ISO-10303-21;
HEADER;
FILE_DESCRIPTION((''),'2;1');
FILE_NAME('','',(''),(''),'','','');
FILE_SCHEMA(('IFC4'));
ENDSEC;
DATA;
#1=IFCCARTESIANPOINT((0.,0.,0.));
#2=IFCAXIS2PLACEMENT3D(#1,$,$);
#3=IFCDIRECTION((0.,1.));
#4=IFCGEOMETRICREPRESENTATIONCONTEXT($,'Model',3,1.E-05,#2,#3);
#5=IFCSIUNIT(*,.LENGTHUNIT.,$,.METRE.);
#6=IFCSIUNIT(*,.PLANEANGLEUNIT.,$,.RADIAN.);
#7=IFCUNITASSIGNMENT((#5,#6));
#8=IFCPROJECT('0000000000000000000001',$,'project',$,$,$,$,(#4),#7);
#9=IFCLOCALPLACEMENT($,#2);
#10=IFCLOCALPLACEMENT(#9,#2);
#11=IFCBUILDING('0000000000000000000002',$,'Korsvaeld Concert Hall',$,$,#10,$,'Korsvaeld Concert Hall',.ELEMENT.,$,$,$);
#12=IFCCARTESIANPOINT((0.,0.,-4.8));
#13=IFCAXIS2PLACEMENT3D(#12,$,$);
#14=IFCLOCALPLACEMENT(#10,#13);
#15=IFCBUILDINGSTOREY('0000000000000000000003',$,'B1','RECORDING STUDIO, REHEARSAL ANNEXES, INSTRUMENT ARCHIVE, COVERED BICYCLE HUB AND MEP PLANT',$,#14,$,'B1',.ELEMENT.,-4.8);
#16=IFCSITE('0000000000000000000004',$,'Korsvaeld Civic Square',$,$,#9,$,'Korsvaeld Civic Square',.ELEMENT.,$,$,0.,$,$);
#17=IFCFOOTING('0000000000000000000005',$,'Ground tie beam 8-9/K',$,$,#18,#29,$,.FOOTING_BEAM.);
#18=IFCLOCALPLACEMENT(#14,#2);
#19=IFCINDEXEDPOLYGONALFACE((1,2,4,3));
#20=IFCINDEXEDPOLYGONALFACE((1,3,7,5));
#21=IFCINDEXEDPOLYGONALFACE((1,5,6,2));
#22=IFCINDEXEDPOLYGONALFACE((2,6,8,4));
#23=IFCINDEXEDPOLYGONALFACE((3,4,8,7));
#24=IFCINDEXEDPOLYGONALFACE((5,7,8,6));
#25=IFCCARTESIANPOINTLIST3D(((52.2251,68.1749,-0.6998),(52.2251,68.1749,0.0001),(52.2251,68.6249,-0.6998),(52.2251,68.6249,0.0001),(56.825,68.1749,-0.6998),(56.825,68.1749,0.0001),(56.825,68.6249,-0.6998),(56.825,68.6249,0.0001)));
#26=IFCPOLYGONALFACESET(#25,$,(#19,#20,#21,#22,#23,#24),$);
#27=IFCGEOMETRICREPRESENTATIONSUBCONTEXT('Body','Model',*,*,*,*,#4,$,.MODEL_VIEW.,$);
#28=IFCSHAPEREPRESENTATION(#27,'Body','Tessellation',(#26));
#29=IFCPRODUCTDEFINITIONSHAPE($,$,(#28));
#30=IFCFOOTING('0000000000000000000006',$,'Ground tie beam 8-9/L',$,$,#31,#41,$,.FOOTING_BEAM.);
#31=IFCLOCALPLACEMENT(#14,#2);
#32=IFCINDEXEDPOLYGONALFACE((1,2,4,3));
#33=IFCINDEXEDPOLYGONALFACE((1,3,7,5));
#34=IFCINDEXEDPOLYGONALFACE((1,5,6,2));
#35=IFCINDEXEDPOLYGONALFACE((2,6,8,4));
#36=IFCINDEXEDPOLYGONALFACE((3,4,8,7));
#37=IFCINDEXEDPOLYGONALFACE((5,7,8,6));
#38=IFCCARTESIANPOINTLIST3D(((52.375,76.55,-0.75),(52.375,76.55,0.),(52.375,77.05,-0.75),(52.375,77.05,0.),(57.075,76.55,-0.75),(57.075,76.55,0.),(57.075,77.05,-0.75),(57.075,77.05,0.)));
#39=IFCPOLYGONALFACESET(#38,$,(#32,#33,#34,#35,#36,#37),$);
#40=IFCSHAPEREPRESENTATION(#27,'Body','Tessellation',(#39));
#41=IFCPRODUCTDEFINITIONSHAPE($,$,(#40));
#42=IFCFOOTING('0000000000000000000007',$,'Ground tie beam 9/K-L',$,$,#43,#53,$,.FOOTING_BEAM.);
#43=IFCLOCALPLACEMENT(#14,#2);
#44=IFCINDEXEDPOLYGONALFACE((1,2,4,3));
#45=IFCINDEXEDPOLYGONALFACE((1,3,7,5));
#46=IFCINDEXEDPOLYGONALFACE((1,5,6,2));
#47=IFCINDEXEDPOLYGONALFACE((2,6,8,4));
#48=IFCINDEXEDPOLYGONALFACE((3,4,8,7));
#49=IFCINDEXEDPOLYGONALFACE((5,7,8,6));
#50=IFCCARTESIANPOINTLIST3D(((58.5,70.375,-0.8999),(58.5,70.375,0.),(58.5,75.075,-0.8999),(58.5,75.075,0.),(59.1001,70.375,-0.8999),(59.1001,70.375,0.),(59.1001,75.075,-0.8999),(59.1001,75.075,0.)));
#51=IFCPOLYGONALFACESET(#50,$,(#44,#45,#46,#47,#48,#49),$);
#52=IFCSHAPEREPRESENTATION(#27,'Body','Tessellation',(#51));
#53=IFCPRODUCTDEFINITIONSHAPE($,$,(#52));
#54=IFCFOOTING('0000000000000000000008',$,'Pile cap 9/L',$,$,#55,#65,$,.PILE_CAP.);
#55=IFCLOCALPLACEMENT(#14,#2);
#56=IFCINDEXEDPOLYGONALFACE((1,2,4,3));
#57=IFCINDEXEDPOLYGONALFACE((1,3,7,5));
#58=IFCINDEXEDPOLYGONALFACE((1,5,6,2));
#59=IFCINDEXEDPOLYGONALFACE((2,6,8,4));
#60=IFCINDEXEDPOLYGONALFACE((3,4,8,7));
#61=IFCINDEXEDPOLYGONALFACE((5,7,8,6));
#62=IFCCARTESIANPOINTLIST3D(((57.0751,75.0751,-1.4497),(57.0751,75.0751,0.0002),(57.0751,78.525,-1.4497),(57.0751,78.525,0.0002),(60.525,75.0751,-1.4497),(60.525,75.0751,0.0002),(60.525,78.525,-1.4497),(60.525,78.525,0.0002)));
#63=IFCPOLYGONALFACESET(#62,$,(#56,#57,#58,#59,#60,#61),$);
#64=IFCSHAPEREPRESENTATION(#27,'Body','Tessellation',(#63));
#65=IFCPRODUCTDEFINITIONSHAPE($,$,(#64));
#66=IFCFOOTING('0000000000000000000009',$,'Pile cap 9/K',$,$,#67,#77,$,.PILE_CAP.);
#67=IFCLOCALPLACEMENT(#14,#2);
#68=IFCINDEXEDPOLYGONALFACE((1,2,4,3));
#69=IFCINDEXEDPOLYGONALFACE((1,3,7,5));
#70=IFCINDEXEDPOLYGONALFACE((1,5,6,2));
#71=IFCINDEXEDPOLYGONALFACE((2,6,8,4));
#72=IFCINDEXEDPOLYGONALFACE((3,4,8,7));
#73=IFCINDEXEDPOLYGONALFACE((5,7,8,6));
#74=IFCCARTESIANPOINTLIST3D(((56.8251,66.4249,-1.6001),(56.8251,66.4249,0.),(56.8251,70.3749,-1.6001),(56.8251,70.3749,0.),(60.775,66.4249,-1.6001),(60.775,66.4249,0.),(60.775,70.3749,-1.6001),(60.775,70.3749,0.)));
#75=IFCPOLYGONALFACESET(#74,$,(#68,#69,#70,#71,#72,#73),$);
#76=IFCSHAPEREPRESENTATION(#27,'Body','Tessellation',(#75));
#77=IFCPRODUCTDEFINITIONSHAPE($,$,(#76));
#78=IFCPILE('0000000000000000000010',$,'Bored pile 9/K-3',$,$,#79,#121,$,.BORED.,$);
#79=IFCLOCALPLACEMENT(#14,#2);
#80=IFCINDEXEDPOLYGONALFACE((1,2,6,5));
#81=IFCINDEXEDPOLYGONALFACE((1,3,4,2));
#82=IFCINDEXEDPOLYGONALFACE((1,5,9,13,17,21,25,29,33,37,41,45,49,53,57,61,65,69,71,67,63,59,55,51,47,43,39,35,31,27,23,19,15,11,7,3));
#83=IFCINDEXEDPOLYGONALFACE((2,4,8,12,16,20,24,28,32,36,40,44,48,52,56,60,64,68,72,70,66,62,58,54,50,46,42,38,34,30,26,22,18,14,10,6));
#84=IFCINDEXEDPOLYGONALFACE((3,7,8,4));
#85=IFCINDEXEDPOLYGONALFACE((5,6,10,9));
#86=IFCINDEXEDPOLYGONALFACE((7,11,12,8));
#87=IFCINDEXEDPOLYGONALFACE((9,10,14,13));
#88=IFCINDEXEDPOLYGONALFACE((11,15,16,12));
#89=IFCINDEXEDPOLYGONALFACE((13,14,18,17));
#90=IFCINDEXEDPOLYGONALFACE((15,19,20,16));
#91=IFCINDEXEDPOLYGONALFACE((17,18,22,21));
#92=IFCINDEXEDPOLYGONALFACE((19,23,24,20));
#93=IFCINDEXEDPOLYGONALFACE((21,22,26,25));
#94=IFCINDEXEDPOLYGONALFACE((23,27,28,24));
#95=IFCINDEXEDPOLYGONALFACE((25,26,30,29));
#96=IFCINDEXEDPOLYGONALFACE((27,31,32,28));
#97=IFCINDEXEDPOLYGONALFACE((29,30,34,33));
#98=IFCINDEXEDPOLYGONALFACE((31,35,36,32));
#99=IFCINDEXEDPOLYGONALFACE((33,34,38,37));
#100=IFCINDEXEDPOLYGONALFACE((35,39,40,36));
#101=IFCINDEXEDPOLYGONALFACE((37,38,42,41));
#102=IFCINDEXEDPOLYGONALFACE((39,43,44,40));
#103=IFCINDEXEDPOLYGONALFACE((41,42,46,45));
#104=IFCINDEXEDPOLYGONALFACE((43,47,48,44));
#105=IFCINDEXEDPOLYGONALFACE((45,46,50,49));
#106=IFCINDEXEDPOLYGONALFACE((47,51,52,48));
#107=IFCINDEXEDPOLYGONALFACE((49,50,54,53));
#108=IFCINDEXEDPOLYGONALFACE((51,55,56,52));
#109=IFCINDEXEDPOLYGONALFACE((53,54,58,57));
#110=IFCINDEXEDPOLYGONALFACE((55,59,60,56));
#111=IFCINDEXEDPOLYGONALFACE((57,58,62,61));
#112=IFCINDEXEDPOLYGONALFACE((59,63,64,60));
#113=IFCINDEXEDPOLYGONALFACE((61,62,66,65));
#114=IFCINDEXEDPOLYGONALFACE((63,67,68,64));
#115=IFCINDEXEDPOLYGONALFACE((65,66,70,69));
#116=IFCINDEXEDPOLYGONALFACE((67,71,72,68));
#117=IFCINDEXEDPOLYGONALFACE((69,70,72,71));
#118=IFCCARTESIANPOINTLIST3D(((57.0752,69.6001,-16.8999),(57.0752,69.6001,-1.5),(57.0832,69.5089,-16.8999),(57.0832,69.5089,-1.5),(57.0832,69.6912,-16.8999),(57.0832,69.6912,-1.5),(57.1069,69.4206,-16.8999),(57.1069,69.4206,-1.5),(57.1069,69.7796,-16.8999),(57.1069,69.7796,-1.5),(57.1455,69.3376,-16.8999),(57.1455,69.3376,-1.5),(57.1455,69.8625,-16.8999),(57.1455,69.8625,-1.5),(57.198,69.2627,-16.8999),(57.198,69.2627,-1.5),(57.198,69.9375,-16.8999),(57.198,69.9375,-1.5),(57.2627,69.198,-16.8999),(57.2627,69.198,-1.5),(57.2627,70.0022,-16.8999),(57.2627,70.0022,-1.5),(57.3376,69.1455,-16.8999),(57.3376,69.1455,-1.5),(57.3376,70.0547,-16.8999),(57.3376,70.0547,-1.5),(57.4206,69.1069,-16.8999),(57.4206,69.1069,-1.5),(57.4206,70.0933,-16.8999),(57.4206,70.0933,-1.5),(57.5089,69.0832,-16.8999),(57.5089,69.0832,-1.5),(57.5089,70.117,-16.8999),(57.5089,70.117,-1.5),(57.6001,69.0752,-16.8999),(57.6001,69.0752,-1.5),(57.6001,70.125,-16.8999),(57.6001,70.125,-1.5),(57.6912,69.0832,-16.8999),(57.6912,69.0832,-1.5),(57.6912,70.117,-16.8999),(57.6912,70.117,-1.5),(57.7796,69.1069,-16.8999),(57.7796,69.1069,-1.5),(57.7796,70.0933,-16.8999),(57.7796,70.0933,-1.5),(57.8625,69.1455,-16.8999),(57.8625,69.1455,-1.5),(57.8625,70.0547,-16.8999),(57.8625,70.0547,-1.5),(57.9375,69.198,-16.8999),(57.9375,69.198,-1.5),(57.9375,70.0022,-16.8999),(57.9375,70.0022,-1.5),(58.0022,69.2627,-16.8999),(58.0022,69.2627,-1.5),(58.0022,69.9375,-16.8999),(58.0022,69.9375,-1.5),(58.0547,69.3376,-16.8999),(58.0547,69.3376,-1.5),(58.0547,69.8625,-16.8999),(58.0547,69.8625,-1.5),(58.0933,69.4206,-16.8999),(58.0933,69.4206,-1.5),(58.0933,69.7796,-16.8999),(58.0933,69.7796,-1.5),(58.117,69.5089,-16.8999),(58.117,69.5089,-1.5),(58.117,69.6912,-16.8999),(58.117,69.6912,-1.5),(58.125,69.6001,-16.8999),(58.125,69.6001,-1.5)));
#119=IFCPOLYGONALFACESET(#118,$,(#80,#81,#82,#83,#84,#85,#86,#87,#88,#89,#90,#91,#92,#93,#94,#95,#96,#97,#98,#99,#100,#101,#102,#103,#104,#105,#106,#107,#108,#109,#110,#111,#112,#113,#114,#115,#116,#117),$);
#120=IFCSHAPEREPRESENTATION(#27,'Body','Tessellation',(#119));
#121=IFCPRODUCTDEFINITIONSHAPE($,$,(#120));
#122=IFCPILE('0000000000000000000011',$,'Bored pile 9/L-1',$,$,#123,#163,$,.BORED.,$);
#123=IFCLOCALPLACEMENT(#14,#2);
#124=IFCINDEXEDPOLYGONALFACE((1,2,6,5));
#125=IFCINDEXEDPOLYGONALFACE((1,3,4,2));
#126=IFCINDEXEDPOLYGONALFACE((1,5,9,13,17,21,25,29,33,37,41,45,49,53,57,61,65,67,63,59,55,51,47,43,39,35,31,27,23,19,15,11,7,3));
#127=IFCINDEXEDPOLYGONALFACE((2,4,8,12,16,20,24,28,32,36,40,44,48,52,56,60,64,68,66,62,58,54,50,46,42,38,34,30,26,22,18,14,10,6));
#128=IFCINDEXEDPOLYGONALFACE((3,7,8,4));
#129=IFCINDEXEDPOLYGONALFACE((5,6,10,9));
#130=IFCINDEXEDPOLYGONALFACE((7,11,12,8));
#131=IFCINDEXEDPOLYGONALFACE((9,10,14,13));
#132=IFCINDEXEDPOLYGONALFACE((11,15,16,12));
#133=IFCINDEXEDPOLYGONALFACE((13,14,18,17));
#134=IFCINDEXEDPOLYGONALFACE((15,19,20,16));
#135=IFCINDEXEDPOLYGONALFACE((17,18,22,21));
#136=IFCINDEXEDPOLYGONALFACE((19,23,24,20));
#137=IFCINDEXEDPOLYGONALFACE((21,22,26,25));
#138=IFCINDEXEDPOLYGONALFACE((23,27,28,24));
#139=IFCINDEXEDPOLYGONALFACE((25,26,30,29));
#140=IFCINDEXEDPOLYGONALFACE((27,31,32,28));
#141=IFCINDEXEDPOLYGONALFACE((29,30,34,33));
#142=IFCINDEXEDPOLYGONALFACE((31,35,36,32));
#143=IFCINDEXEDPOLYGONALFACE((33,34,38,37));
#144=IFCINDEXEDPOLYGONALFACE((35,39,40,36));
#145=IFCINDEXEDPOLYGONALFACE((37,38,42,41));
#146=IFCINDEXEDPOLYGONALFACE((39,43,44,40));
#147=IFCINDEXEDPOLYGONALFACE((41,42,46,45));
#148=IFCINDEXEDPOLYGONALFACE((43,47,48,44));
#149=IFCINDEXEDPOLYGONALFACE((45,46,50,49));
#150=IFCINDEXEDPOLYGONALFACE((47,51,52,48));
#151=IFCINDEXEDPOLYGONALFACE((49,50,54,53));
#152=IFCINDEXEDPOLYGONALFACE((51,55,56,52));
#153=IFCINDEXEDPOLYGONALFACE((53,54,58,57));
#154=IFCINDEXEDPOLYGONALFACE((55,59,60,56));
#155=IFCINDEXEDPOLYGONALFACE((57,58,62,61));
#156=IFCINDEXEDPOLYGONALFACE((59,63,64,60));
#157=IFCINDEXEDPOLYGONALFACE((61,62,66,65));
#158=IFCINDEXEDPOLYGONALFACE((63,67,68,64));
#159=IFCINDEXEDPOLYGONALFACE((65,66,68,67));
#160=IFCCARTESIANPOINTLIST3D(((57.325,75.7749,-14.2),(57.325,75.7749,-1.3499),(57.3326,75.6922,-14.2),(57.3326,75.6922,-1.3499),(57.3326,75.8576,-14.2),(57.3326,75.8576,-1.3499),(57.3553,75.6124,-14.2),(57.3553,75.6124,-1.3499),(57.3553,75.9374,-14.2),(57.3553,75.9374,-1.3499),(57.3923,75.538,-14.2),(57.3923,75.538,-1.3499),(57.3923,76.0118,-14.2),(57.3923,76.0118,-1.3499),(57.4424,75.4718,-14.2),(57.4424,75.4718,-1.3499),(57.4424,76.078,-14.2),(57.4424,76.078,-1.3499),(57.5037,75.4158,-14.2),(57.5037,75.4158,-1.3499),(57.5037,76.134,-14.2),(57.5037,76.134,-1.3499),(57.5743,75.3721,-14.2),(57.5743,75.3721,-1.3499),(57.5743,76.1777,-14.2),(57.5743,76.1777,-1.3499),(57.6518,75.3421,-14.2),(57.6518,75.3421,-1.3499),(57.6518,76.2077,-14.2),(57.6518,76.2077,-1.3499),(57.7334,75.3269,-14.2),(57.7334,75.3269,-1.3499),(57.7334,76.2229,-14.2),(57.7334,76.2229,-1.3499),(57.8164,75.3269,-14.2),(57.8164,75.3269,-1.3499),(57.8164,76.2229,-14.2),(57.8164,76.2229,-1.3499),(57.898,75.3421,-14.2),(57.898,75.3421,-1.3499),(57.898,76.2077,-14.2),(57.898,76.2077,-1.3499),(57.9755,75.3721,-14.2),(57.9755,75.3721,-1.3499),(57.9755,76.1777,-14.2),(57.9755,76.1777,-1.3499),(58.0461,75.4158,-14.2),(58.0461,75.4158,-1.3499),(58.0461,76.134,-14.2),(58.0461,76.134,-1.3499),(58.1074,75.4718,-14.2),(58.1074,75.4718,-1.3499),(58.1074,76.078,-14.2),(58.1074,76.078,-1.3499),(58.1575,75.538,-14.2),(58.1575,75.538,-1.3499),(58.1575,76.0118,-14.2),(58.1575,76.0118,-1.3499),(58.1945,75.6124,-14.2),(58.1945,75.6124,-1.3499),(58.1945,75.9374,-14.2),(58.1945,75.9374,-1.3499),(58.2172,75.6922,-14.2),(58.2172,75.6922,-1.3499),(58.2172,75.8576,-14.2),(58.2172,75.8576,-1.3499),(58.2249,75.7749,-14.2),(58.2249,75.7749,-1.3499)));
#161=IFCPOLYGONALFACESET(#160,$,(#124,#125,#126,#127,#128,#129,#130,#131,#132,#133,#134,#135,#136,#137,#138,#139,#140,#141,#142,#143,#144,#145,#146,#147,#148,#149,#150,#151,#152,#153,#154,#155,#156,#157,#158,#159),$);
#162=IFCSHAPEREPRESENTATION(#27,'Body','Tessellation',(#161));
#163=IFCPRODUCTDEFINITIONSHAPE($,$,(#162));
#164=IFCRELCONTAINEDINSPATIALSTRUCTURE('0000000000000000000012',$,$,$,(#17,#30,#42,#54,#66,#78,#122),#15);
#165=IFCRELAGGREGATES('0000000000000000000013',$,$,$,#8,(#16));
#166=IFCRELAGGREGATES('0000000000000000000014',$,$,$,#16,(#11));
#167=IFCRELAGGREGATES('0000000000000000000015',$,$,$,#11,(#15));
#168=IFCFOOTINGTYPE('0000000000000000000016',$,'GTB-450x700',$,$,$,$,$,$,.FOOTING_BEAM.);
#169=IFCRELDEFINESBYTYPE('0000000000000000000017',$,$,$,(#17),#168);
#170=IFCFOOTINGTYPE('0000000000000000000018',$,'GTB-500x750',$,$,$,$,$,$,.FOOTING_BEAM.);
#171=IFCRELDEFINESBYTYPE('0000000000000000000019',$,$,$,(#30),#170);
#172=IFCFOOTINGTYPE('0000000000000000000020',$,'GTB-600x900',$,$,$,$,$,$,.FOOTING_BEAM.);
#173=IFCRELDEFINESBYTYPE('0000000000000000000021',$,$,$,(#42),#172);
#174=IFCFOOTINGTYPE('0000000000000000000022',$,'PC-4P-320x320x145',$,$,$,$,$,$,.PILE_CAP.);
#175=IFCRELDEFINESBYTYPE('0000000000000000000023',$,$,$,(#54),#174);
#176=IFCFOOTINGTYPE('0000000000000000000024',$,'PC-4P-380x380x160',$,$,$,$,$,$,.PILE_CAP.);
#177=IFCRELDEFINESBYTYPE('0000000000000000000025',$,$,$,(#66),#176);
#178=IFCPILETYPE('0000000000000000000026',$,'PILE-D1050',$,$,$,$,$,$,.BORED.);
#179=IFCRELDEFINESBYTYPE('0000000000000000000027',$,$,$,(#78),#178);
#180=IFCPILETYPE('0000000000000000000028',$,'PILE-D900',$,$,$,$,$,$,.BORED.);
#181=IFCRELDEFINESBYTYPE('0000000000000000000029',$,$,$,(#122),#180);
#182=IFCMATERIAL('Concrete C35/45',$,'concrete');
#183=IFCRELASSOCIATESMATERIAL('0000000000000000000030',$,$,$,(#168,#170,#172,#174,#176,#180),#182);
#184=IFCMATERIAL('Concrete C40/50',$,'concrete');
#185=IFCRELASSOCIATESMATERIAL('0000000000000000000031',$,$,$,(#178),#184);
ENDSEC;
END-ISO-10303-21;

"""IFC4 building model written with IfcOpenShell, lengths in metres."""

from ifc_helpers import new_model, si_unit, direction, frame, origin, origin_2d, place, context, subcontext, project, spatial, rectangle, circle, extrude, material, material_profile, profile_set, type_object, element, save


model = new_model("IFC4")

# Units and contexts
model_context = context("Model", 3, precision=1e-05, world=origin(), true_north=direction((0.0, 1.0)))
body_context = subcontext(model_context, "Body", "Model", "MODEL_VIEW")
ifc_project = project(units=[si_unit("LENGTHUNIT", "METRE"), si_unit("PLANEANGLEUNIT", "RADIAN")], contexts=[model_context])

# Site, building, storey
site_placement = place(None, origin())
site = spatial("IfcSite", under=ifc_project, at=site_placement, Name="Korsvaeld Civic Square", LongName="Korsvaeld Civic Square", CompositionType="ELEMENT", RefElevation=0.0)
building_placement = place(site_placement, origin())
building = spatial("IfcBuilding", under=site, at=building_placement, Name="Korsvaeld Concert Hall", LongName="Korsvaeld Concert Hall", CompositionType="ELEMENT")
storey_placement = place(building_placement, frame((0.0, 0.0, -4.8)))
storey = spatial("IfcBuildingStorey", under=building, at=storey_placement, Name="B1", Description="RECORDING STUDIO, REHEARSAL ANNEXES, INSTRUMENT ARCHIVE, COVERED BICYCLE HUB AND MEP PLANT", LongName="B1", CompositionType="ELEMENT", Elevation=-4.8)

# Footings
ifc_material_1 = material(Name="Concrete C35/45", Category="concrete")
ifc_material_profile_1 = material_profile(ifc_material_1, rectangle(XDim=0.45, YDim=0.7, at=origin_2d()), Name="GTB 450x700")
ifc_profile_set_1 = profile_set([ifc_material_profile_1], Name="Concrete C35/45")
footing_type_1 = type_object("IfcFootingType", Name="GTB-450x700", PredefinedType="FOOTING_BEAM", material=ifc_profile_set_1)
footing_1_placement = place(storey_placement, frame((52.2251, 68.3999, -0.3499), z_axis=(1.0, 0.0, 0.0), x_axis=(0.0, 1.0, 0.0)))
element("IfcFooting", 1, at=footing_1_placement, inside=storey, type_object=footing_type_1, Name="Ground tie beam 8-9/K", PredefinedType="FOOTING_BEAM", context=body_context, shape_type="SweptSolid", body=[
    extrude(rectangle(XDim=0.45, YDim=0.7, at=origin_2d()), origin(), (0.0, 0.0, 1.0), 4.5999),
])
ifc_material_profile_2 = material_profile(ifc_material_1, rectangle(XDim=0.5, YDim=0.75, at=origin_2d()), Name="GTB 500x750")
ifc_profile_set_2 = profile_set([ifc_material_profile_2], Name="Concrete C35/45")
footing_type_2 = type_object("IfcFootingType", Name="GTB-500x750", PredefinedType="FOOTING_BEAM", material=ifc_profile_set_2)
footing_2_placement = place(storey_placement, frame((52.375, 76.8, -0.375), z_axis=(1.0, 0.0, 0.0), x_axis=(0.0, 1.0, 0.0)))
element("IfcFooting", 2, at=footing_2_placement, inside=storey, type_object=footing_type_2, Name="Ground tie beam 8-9/L", PredefinedType="FOOTING_BEAM", context=body_context, shape_type="SweptSolid", body=[
    extrude(rectangle(XDim=0.5, YDim=0.75, at=origin_2d()), origin(), (0.0, 0.0, 1.0), 4.7),
])
ifc_material_profile_3 = material_profile(ifc_material_1, rectangle(XDim=0.6001, YDim=0.8999, at=origin_2d()), Name="GTB 600x900")
ifc_profile_set_3 = profile_set([ifc_material_profile_3], Name="Concrete C35/45")
footing_type_3 = type_object("IfcFootingType", Name="GTB-600x900", PredefinedType="FOOTING_BEAM", material=ifc_profile_set_3)
footing_3_placement = place(storey_placement, frame((58.8, 70.375, -0.45), z_axis=(0.0, 1.0, 0.0), x_axis=(-1.0, 0.0, 0.0)))
element("IfcFooting", 3, at=footing_3_placement, inside=storey, type_object=footing_type_3, Name="Ground tie beam 9/K-L", PredefinedType="FOOTING_BEAM", context=body_context, shape_type="SweptSolid", body=[
    extrude(rectangle(XDim=0.6001, YDim=0.8999, at=origin_2d()), origin(), (0.0, 0.0, 1.0), 4.7),
])
footing_type_4 = type_object("IfcFootingType", Name="PC-4P-320x320x145", PredefinedType="PILE_CAP", material=ifc_material_1)
footing_4_placement = place(storey_placement, frame((58.8, 76.8, -1.4497), z_axis=(0.0, 0.0, 1.0), x_axis=(1.0, 0.0, 0.0)))
element("IfcFooting", 4, at=footing_4_placement, inside=storey, type_object=footing_type_4, Name="Pile cap 9/L", PredefinedType="PILE_CAP", context=body_context, shape_type="SweptSolid", body=[
    extrude(rectangle(XDim=3.45, YDim=3.45, at=origin_2d()), origin(), (0.0, 0.0, 1.0), 1.45),
])
footing_type_5 = type_object("IfcFootingType", Name="PC-4P-380x380x160", PredefinedType="PILE_CAP", material=ifc_material_1)
footing_5_placement = place(storey_placement, frame((58.8, 68.3999, -1.6001), z_axis=(0.0, 0.0, 1.0), x_axis=(1.0, 0.0, 0.0)))
element("IfcFooting", 5, at=footing_5_placement, inside=storey, type_object=footing_type_5, Name="Pile cap 9/K", PredefinedType="PILE_CAP", context=body_context, shape_type="SweptSolid", body=[
    extrude(rectangle(XDim=3.95, YDim=3.95, at=origin_2d()), origin(), (0.0, 0.0, 1.0), 1.6001),
])

# Piles
ifc_material_2 = material(Name="Concrete C40/50", Category="concrete")
ifc_material_profile_4 = material_profile(ifc_material_2, circle(Radius=0.5249, at=origin_2d()), Name="BORED PILE D1050")
ifc_profile_set_4 = profile_set([ifc_material_profile_4], Name="Concrete C40/50")
pile_type_1 = type_object("IfcPileType", Name="PILE-D1050", PredefinedType="BORED", material=ifc_profile_set_4)
pile_placement = place(storey_placement, frame((57.6001, 69.6001, -1.5), z_axis=(0.0, 0.0, -1.0), x_axis=(1.0, 0.0, 0.0)))
element("IfcPile", 6, at=pile_placement, inside=storey, type_object=pile_type_1, Name="Bored pile 9/K-3", PredefinedType="BORED", context=body_context, shape_type="SweptSolid", body=[
    extrude(circle(Radius=0.5249, at=origin_2d()), origin(), (0.0, 0.0, 1.0), 15.3999),
])
ifc_material_profile_5 = material_profile(ifc_material_1, circle(Radius=0.45, at=origin_2d()), Name="BORED PILE D900")
ifc_profile_set_5 = profile_set([ifc_material_profile_5], Name="Concrete C35/45")
pile_type_2 = type_object("IfcPileType", Name="PILE-D900", PredefinedType="BORED", material=ifc_profile_set_5)
for number, where, z_axis, x_axis, name in (
    (7, (57.7749, 75.7749, -1.3499), (0.0, 0.0, -1.0), (1.0, 0.0, 0.0), "Bored pile 9/L-1"),
):
    element("IfcPile", number, at=place(storey_placement, frame(where, z_axis=z_axis, x_axis=x_axis)), inside=storey, type_object=pile_type_2, Name=name, PredefinedType="BORED", context=body_context, shape_type="SweptSolid", body=[
        extrude(circle(Radius=0.45, at=origin_2d()), origin(), (0.0, 0.0, 1.0), 12.8501),
    ])

save(model, "model.ifc")
